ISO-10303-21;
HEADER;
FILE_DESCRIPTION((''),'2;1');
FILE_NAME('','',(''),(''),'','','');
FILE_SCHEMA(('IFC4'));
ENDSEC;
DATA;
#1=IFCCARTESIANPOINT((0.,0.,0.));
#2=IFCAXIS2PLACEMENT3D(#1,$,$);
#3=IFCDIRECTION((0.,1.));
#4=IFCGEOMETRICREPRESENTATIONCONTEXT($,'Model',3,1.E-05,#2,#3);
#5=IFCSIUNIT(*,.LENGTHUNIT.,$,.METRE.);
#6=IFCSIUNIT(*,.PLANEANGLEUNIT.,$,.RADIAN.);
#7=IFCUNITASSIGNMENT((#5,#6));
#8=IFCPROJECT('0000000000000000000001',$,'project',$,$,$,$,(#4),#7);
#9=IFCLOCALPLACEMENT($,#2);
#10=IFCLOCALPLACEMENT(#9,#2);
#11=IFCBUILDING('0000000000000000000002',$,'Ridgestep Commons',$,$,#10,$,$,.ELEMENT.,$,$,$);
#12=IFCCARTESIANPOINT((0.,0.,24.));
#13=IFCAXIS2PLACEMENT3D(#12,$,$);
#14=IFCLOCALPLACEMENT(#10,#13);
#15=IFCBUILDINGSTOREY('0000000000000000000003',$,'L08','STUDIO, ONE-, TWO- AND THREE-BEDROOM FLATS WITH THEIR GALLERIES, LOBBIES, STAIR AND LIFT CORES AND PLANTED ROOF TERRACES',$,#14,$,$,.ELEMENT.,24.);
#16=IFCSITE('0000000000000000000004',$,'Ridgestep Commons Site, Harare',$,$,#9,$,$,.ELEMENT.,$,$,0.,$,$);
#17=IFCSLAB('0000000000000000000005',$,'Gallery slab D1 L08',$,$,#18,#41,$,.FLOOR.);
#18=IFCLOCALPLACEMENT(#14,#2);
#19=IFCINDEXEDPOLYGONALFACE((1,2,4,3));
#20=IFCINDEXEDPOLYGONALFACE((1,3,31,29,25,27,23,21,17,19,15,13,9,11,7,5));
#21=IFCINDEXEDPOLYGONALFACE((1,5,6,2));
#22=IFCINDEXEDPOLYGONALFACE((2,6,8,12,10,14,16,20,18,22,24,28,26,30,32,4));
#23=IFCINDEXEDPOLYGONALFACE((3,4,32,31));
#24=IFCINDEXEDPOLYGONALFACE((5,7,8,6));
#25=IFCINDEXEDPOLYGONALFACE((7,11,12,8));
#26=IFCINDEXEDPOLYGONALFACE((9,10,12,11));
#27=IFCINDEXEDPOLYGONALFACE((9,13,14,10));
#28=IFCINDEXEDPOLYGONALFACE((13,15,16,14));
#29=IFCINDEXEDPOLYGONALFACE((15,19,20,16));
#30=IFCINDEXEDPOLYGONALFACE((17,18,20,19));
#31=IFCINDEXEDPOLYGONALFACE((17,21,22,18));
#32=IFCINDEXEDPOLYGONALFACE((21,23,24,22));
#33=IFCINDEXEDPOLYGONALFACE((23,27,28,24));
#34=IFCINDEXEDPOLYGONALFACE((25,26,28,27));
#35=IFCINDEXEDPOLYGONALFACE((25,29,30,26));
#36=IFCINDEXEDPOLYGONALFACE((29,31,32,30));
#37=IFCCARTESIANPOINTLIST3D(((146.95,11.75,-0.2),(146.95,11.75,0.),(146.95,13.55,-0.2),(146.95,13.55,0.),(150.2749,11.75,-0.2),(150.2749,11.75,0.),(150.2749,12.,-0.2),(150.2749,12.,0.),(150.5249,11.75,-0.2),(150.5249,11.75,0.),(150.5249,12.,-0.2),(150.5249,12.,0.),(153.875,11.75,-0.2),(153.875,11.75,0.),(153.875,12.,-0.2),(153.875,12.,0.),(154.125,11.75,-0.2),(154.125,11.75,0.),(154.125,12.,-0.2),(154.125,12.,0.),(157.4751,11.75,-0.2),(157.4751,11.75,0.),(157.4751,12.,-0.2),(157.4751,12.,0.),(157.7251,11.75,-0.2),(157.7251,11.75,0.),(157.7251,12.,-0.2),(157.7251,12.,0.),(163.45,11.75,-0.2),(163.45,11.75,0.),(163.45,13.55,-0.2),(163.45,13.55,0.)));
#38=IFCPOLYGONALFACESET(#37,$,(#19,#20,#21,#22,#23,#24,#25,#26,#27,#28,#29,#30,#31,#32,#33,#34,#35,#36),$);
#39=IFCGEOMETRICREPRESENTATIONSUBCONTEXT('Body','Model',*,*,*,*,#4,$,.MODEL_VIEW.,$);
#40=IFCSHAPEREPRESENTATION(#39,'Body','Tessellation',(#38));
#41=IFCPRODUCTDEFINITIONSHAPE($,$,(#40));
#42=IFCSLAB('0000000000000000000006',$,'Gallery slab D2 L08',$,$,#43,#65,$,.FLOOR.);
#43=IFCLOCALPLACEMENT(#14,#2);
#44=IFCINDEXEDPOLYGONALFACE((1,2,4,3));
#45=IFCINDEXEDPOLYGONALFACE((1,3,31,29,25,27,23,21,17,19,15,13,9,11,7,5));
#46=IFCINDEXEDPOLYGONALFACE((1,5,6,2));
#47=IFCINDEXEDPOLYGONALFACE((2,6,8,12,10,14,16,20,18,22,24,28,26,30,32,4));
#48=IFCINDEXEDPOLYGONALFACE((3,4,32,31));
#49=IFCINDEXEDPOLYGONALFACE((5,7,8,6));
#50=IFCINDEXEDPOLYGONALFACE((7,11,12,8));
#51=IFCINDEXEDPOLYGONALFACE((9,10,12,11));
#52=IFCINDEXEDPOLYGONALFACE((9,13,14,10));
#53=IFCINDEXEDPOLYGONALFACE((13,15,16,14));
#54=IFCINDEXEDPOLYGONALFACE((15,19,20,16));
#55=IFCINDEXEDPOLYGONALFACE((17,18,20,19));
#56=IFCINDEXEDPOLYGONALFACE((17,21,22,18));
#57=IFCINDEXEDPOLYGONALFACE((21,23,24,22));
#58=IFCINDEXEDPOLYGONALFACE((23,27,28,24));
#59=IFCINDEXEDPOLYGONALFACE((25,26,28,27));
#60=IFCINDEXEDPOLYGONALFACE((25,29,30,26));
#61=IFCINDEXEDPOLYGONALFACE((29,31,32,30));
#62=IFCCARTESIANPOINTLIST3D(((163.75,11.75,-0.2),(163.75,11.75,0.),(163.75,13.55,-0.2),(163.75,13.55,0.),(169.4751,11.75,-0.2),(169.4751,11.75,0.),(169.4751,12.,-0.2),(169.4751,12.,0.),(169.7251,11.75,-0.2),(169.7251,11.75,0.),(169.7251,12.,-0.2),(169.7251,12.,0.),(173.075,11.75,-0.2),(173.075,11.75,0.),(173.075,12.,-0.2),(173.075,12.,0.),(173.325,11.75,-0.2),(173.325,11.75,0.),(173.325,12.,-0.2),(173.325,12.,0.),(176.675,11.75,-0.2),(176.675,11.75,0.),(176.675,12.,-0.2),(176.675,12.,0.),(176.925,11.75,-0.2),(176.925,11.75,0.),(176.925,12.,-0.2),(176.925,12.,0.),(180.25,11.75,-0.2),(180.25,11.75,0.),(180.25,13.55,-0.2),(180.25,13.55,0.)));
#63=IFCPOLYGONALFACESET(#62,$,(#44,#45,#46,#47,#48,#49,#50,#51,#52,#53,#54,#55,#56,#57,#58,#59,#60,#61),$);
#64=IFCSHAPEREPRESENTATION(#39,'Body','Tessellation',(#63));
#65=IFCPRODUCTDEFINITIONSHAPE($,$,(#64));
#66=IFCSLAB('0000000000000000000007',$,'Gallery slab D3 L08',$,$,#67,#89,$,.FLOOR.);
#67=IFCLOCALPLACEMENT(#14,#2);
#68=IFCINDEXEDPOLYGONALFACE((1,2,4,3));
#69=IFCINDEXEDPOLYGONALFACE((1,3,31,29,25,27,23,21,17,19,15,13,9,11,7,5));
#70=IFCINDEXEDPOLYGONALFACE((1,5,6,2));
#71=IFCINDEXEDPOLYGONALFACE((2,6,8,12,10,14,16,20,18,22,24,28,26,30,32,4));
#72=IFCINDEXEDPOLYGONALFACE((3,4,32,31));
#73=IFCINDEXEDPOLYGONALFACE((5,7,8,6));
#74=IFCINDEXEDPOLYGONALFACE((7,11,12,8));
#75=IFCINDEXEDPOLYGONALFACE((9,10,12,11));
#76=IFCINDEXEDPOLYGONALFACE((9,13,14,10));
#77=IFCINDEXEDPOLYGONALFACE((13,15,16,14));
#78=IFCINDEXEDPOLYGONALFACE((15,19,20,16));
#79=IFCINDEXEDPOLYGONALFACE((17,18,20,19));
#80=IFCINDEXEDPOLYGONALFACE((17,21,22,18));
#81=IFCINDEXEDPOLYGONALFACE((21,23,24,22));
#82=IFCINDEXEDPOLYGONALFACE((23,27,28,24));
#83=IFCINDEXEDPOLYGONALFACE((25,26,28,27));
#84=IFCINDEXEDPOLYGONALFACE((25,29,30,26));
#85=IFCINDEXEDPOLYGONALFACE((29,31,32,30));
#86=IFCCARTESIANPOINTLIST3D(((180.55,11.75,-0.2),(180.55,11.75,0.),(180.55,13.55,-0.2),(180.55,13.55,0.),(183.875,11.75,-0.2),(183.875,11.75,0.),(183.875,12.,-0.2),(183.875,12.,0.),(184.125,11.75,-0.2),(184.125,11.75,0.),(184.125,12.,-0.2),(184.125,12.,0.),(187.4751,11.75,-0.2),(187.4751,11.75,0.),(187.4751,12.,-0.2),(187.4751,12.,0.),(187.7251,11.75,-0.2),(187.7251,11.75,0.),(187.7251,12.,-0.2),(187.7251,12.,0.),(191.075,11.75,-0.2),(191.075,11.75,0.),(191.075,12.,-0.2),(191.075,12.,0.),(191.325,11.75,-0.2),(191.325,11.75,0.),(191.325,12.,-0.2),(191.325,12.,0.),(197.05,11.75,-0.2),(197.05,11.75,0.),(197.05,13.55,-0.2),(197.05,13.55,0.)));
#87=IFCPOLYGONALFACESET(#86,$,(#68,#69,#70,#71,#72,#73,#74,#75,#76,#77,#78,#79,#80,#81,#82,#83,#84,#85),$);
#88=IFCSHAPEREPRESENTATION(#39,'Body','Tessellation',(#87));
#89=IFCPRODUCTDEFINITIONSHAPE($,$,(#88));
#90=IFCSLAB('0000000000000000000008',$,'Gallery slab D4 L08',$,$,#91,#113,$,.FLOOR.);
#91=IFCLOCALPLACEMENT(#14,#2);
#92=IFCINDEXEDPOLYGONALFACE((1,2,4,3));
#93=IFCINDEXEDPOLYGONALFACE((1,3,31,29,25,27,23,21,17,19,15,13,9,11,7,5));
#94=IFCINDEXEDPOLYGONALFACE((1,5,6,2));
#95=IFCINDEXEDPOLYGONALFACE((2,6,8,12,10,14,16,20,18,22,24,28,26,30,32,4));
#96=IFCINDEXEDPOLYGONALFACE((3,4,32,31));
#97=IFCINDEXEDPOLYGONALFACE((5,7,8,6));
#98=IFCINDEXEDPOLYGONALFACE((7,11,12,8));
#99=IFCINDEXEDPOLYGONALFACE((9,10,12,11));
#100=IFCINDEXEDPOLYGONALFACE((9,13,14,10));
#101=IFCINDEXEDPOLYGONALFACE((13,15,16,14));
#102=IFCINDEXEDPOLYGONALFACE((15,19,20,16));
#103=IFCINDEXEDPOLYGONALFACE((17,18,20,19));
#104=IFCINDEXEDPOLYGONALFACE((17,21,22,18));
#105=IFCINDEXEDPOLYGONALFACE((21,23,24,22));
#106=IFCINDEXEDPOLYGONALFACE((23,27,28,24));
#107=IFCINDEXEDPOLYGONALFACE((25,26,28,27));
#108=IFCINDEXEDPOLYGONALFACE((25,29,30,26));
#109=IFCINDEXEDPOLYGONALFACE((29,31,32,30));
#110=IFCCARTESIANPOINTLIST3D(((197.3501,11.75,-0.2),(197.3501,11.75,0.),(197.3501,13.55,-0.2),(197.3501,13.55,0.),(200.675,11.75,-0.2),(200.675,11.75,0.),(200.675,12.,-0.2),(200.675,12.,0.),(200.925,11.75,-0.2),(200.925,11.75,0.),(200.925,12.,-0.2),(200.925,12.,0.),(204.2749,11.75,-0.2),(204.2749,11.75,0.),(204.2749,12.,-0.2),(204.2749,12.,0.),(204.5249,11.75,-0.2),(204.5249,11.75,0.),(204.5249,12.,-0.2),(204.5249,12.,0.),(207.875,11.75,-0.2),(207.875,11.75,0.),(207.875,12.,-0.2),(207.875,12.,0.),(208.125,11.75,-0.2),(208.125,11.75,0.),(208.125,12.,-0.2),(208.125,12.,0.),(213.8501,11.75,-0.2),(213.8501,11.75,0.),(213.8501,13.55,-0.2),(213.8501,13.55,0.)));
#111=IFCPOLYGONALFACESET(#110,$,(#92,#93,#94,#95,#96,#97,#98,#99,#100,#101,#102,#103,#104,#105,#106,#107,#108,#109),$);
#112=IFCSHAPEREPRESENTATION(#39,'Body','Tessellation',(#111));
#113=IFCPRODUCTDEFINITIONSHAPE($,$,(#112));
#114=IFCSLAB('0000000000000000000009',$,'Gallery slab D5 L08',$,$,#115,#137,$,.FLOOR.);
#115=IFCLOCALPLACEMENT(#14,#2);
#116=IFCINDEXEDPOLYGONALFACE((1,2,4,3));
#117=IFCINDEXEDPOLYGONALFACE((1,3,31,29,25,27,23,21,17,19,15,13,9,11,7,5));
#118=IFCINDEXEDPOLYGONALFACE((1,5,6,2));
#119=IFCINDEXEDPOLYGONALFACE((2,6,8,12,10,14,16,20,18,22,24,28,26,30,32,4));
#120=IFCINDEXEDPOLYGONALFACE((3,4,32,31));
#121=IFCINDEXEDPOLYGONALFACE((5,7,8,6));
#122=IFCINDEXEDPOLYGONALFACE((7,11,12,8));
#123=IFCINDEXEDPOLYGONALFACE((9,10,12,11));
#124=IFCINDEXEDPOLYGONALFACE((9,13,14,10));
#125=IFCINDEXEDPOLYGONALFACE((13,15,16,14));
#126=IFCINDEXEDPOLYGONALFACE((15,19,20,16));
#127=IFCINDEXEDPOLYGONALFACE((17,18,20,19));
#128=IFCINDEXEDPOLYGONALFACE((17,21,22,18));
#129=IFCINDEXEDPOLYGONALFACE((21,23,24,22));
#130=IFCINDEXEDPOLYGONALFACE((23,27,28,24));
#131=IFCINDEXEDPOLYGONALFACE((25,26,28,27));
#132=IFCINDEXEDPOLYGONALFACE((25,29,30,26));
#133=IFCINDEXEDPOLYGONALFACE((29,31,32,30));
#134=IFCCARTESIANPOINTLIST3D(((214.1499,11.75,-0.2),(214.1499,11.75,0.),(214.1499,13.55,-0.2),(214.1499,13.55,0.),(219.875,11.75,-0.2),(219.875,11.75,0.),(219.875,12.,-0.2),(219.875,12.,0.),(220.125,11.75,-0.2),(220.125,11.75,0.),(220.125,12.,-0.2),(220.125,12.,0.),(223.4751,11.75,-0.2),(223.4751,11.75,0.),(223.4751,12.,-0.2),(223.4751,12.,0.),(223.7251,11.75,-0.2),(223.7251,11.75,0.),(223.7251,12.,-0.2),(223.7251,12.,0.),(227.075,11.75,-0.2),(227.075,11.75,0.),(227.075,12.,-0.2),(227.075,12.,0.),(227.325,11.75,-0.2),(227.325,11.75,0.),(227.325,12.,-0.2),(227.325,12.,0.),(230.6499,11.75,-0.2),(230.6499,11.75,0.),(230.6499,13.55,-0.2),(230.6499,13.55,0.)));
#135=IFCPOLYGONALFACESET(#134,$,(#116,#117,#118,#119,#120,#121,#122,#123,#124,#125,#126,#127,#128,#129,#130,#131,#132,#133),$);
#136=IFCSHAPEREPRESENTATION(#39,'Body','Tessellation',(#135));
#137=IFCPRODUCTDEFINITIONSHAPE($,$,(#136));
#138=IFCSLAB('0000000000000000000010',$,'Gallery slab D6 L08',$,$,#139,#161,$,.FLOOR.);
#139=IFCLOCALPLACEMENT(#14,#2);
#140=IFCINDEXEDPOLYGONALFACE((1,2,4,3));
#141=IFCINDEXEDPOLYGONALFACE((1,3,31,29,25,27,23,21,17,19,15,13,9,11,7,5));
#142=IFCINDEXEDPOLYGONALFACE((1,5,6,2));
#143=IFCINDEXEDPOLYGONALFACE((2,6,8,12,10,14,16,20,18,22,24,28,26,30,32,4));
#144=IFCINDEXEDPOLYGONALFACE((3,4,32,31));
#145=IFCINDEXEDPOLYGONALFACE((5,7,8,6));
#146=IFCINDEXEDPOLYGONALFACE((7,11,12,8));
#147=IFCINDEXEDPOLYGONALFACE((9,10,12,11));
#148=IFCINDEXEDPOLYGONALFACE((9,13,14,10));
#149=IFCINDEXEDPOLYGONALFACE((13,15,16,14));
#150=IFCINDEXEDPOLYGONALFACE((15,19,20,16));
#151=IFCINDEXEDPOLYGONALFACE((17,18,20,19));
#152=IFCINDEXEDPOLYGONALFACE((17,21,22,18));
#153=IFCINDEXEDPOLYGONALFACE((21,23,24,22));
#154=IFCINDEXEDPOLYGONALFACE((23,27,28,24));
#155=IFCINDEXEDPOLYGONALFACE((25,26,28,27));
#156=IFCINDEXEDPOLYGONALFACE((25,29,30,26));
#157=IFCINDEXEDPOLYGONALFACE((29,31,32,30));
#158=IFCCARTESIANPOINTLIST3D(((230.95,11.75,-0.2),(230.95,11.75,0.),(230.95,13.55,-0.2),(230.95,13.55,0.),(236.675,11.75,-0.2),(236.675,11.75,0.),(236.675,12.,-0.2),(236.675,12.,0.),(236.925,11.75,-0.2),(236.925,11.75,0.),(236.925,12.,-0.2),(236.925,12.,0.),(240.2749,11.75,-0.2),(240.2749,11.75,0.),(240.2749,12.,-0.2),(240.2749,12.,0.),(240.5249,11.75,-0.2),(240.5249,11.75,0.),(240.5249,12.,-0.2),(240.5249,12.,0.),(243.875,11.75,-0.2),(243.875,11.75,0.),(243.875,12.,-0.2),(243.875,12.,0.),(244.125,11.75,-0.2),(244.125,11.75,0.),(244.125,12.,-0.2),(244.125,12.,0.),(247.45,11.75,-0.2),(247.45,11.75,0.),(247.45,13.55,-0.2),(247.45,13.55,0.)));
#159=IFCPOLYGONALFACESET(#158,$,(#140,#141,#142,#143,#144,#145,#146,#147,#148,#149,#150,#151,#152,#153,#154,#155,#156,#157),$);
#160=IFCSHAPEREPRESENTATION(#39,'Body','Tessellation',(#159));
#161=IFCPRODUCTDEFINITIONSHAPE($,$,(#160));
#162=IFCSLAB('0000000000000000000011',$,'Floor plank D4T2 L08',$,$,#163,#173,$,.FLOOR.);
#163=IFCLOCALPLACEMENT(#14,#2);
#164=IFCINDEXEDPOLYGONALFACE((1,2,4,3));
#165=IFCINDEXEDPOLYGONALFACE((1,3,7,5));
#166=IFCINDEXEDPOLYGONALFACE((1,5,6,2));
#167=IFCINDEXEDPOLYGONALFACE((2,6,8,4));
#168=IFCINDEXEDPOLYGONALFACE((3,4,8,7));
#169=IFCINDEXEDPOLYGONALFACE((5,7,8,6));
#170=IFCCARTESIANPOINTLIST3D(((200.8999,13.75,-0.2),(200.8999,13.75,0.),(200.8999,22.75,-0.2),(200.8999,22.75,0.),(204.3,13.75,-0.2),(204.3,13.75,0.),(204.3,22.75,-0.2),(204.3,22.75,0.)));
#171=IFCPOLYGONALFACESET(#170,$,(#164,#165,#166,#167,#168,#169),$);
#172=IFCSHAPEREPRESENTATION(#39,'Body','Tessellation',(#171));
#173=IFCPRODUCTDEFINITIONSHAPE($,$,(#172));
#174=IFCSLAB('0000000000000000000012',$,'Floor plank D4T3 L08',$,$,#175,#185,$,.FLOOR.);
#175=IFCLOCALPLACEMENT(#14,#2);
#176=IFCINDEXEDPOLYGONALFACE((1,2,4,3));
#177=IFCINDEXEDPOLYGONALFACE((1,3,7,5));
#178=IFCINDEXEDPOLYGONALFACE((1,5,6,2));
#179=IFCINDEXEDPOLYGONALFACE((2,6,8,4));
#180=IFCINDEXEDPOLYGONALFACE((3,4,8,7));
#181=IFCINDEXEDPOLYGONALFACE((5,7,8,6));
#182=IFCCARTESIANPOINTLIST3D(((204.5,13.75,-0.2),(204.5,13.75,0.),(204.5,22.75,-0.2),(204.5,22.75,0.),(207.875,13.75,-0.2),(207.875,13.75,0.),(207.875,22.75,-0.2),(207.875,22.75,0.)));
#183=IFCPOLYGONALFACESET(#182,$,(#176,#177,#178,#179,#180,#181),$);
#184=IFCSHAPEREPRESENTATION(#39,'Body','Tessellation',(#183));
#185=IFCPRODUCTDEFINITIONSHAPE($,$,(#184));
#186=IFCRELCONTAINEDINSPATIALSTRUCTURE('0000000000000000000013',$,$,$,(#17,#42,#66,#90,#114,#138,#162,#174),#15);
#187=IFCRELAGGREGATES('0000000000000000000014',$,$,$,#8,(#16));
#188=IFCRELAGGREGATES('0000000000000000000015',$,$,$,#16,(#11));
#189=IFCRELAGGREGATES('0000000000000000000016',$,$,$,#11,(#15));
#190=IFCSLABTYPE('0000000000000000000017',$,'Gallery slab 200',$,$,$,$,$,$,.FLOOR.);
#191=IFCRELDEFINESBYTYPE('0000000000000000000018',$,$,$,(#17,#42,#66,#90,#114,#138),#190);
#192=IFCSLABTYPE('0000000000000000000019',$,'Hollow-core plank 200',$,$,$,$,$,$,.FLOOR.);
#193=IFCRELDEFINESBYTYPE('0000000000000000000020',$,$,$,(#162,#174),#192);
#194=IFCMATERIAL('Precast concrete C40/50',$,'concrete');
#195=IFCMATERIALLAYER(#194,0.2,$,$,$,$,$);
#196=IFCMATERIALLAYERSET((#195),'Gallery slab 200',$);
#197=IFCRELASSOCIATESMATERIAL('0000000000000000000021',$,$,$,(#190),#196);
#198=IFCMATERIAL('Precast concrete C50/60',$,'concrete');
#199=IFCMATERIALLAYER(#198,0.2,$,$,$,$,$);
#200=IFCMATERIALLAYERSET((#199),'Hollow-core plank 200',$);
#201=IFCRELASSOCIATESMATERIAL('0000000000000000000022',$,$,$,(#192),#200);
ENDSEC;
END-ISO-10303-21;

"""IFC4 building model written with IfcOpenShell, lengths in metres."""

from ifc_helpers import new_model, si_unit, direction, frame, origin, place, context, subcontext, project, spatial, polyline, outline, extrude, material, layer, layer_set, type_object, element, save


model = new_model("IFC4")

# Units and contexts
model_context = context("Model", 3, precision=1e-05, world=origin(), true_north=direction((0.0, 1.0)))
body_context = subcontext(model_context, "Body", "Model", "MODEL_VIEW")
ifc_project = project(units=[si_unit("LENGTHUNIT", "METRE"), si_unit("PLANEANGLEUNIT", "RADIAN")], contexts=[model_context])

# Site, building, storey
site_placement = place(None, origin())
site = spatial("IfcSite", under=ifc_project, at=site_placement, Name="Ridgestep Commons Site, Harare", CompositionType="ELEMENT", RefElevation=0.0)
building_placement = place(site_placement, origin())
building = spatial("IfcBuilding", under=site, at=building_placement, Name="Ridgestep Commons", CompositionType="ELEMENT")
storey_placement = place(building_placement, frame((0.0, 0.0, 24.0)))
storey = spatial("IfcBuildingStorey", under=building, at=storey_placement, Name="L08", Description="STUDIO, ONE-, TWO- AND THREE-BEDROOM FLATS WITH THEIR GALLERIES, LOBBIES, STAIR AND LIFT CORES AND PLANTED ROOF TERRACES", CompositionType="ELEMENT", Elevation=24.0)

# Slabs
ifc_material_1 = material(Name="Precast concrete C40/50", Category="concrete")
ifc_layer_1 = layer(ifc_material_1, 0.2)
ifc_layer_set_1 = layer_set([ifc_layer_1], Name="Gallery slab 200")
slab_type_1 = type_object("IfcSlabType", Name="Gallery slab 200", PredefinedType="FLOOR", material=ifc_layer_set_1)
slab_1_placement = place(storey_placement, frame((0.0, 0.0, -0.2)))
element("IfcSlab", 1, at=slab_1_placement, inside=storey, type_object=slab_type_1, Name="Gallery slab D1 L08", PredefinedType="FLOOR", context=body_context, shape_type="SweptSolid", body=[
    extrude(outline(polyline([(163.45, 13.55), (146.95, 13.55), (146.95, 11.75), (150.2749, 11.75), (150.2749, 12.0), (150.5249, 12.0), (150.5249, 11.75), (153.875, 11.75), (153.875, 12.0), (154.125, 12.0), (154.125, 11.75), (157.4751, 11.75), (157.4751, 12.0), (157.7251, 12.0), (157.7251, 11.75), (163.45, 11.75), (163.45, 13.55)])), origin(), (0.0, 0.0, 1.0), 0.2),
])
slab_2_placement = place(storey_placement, frame((0.0, 0.0, -0.2)))
element("IfcSlab", 2, at=slab_2_placement, inside=storey, type_object=slab_type_1, Name="Gallery slab D2 L08", PredefinedType="FLOOR", context=body_context, shape_type="SweptSolid", body=[
    extrude(outline(polyline([(180.25, 13.55), (163.75, 13.55), (163.75, 11.75), (169.4751, 11.75), (169.4751, 12.0), (169.7251, 12.0), (169.7251, 11.75), (173.075, 11.75), (173.075, 12.0), (173.325, 12.0), (173.325, 11.75), (176.675, 11.75), (176.675, 12.0), (176.925, 12.0), (176.925, 11.75), (180.25, 11.75), (180.25, 13.55)])), origin(), (0.0, 0.0, 1.0), 0.2),
])
slab_3_placement = place(storey_placement, frame((0.0, 0.0, -0.2)))
element("IfcSlab", 3, at=slab_3_placement, inside=storey, type_object=slab_type_1, Name="Gallery slab D3 L08", PredefinedType="FLOOR", context=body_context, shape_type="SweptSolid", body=[
    extrude(outline(polyline([(197.05, 13.55), (180.55, 13.55), (180.55, 11.75), (183.875, 11.75), (183.875, 12.0), (184.125, 12.0), (184.125, 11.75), (187.4751, 11.75), (187.4751, 12.0), (187.7251, 12.0), (187.7251, 11.75), (191.075, 11.75), (191.075, 12.0), (191.325, 12.0), (191.325, 11.75), (197.05, 11.75), (197.05, 13.55)])), origin(), (0.0, 0.0, 1.0), 0.2),
])
slab_4_placement = place(storey_placement, frame((0.0, 0.0, -0.2)))
element("IfcSlab", 4, at=slab_4_placement, inside=storey, type_object=slab_type_1, Name="Gallery slab D4 L08", PredefinedType="FLOOR", context=body_context, shape_type="SweptSolid", body=[
    extrude(outline(polyline([(213.8501, 13.55), (197.3501, 13.55), (197.3501, 11.75), (200.675, 11.75), (200.675, 12.0), (200.925, 12.0), (200.925, 11.75), (204.2749, 11.75), (204.2749, 12.0), (204.5249, 12.0), (204.5249, 11.75), (207.875, 11.75), (207.875, 12.0), (208.125, 12.0), (208.125, 11.75), (213.8501, 11.75), (213.8501, 13.55)])), origin(), (0.0, 0.0, 1.0), 0.2),
])
slab_5_placement = place(storey_placement, frame((0.0, 0.0, -0.2)))
element("IfcSlab", 5, at=slab_5_placement, inside=storey, type_object=slab_type_1, Name="Gallery slab D5 L08", PredefinedType="FLOOR", context=body_context, shape_type="SweptSolid", body=[
    extrude(outline(polyline([(230.6499, 13.55), (214.1499, 13.55), (214.1499, 11.75), (219.875, 11.75), (219.875, 12.0), (220.125, 12.0), (220.125, 11.75), (223.4751, 11.75), (223.4751, 12.0), (223.7251, 12.0), (223.7251, 11.75), (227.075, 11.75), (227.075, 12.0), (227.325, 12.0), (227.325, 11.75), (230.6499, 11.75), (230.6499, 13.55)])), origin(), (0.0, 0.0, 1.0), 0.2),
])
slab_6_placement = place(storey_placement, frame((0.0, 0.0, -0.2)))
element("IfcSlab", 6, at=slab_6_placement, inside=storey, type_object=slab_type_1, Name="Gallery slab D6 L08", PredefinedType="FLOOR", context=body_context, shape_type="SweptSolid", body=[
    extrude(outline(polyline([(247.45, 13.55), (230.95, 13.55), (230.95, 11.75), (236.675, 11.75), (236.675, 12.0), (236.925, 12.0), (236.925, 11.75), (240.2749, 11.75), (240.2749, 12.0), (240.5249, 12.0), (240.5249, 11.75), (243.875, 11.75), (243.875, 12.0), (244.125, 12.0), (244.125, 11.75), (247.45, 11.75), (247.45, 13.55)])), origin(), (0.0, 0.0, 1.0), 0.2),
])
ifc_material_2 = material(Name="Precast concrete C50/60", Category="concrete")
ifc_layer_2 = layer(ifc_material_2, 0.2)
ifc_layer_set_2 = layer_set([ifc_layer_2], Name="Hollow-core plank 200")
slab_type_2 = type_object("IfcSlabType", Name="Hollow-core plank 200", PredefinedType="FLOOR", material=ifc_layer_set_2)
slab_7_placement = place(storey_placement, frame((0.0, 0.0, -0.2)))
element("IfcSlab", 7, at=slab_7_placement, inside=storey, type_object=slab_type_2, Name="Floor plank D4T2 L08", PredefinedType="FLOOR", context=body_context, shape_type="SweptSolid", body=[
    extrude(outline(polyline([(204.3, 13.75), (204.3, 22.75), (200.8999, 22.75), (200.8999, 13.75), (204.3, 13.75)])), origin(), (0.0, 0.0, 1.0), 0.2),
])
slab_8_placement = place(storey_placement, frame((0.0, 0.0, -0.2)))
element("IfcSlab", 8, at=slab_8_placement, inside=storey, type_object=slab_type_2, Name="Floor plank D4T3 L08", PredefinedType="FLOOR", context=body_context, shape_type="SweptSolid", body=[
    extrude(outline(polyline([(207.875, 13.75), (207.875, 22.75), (204.5, 22.75), (204.5, 13.75), (207.875, 13.75)])), origin(), (0.0, 0.0, 1.0), 0.2),
])

save(model, "model.ifc")
